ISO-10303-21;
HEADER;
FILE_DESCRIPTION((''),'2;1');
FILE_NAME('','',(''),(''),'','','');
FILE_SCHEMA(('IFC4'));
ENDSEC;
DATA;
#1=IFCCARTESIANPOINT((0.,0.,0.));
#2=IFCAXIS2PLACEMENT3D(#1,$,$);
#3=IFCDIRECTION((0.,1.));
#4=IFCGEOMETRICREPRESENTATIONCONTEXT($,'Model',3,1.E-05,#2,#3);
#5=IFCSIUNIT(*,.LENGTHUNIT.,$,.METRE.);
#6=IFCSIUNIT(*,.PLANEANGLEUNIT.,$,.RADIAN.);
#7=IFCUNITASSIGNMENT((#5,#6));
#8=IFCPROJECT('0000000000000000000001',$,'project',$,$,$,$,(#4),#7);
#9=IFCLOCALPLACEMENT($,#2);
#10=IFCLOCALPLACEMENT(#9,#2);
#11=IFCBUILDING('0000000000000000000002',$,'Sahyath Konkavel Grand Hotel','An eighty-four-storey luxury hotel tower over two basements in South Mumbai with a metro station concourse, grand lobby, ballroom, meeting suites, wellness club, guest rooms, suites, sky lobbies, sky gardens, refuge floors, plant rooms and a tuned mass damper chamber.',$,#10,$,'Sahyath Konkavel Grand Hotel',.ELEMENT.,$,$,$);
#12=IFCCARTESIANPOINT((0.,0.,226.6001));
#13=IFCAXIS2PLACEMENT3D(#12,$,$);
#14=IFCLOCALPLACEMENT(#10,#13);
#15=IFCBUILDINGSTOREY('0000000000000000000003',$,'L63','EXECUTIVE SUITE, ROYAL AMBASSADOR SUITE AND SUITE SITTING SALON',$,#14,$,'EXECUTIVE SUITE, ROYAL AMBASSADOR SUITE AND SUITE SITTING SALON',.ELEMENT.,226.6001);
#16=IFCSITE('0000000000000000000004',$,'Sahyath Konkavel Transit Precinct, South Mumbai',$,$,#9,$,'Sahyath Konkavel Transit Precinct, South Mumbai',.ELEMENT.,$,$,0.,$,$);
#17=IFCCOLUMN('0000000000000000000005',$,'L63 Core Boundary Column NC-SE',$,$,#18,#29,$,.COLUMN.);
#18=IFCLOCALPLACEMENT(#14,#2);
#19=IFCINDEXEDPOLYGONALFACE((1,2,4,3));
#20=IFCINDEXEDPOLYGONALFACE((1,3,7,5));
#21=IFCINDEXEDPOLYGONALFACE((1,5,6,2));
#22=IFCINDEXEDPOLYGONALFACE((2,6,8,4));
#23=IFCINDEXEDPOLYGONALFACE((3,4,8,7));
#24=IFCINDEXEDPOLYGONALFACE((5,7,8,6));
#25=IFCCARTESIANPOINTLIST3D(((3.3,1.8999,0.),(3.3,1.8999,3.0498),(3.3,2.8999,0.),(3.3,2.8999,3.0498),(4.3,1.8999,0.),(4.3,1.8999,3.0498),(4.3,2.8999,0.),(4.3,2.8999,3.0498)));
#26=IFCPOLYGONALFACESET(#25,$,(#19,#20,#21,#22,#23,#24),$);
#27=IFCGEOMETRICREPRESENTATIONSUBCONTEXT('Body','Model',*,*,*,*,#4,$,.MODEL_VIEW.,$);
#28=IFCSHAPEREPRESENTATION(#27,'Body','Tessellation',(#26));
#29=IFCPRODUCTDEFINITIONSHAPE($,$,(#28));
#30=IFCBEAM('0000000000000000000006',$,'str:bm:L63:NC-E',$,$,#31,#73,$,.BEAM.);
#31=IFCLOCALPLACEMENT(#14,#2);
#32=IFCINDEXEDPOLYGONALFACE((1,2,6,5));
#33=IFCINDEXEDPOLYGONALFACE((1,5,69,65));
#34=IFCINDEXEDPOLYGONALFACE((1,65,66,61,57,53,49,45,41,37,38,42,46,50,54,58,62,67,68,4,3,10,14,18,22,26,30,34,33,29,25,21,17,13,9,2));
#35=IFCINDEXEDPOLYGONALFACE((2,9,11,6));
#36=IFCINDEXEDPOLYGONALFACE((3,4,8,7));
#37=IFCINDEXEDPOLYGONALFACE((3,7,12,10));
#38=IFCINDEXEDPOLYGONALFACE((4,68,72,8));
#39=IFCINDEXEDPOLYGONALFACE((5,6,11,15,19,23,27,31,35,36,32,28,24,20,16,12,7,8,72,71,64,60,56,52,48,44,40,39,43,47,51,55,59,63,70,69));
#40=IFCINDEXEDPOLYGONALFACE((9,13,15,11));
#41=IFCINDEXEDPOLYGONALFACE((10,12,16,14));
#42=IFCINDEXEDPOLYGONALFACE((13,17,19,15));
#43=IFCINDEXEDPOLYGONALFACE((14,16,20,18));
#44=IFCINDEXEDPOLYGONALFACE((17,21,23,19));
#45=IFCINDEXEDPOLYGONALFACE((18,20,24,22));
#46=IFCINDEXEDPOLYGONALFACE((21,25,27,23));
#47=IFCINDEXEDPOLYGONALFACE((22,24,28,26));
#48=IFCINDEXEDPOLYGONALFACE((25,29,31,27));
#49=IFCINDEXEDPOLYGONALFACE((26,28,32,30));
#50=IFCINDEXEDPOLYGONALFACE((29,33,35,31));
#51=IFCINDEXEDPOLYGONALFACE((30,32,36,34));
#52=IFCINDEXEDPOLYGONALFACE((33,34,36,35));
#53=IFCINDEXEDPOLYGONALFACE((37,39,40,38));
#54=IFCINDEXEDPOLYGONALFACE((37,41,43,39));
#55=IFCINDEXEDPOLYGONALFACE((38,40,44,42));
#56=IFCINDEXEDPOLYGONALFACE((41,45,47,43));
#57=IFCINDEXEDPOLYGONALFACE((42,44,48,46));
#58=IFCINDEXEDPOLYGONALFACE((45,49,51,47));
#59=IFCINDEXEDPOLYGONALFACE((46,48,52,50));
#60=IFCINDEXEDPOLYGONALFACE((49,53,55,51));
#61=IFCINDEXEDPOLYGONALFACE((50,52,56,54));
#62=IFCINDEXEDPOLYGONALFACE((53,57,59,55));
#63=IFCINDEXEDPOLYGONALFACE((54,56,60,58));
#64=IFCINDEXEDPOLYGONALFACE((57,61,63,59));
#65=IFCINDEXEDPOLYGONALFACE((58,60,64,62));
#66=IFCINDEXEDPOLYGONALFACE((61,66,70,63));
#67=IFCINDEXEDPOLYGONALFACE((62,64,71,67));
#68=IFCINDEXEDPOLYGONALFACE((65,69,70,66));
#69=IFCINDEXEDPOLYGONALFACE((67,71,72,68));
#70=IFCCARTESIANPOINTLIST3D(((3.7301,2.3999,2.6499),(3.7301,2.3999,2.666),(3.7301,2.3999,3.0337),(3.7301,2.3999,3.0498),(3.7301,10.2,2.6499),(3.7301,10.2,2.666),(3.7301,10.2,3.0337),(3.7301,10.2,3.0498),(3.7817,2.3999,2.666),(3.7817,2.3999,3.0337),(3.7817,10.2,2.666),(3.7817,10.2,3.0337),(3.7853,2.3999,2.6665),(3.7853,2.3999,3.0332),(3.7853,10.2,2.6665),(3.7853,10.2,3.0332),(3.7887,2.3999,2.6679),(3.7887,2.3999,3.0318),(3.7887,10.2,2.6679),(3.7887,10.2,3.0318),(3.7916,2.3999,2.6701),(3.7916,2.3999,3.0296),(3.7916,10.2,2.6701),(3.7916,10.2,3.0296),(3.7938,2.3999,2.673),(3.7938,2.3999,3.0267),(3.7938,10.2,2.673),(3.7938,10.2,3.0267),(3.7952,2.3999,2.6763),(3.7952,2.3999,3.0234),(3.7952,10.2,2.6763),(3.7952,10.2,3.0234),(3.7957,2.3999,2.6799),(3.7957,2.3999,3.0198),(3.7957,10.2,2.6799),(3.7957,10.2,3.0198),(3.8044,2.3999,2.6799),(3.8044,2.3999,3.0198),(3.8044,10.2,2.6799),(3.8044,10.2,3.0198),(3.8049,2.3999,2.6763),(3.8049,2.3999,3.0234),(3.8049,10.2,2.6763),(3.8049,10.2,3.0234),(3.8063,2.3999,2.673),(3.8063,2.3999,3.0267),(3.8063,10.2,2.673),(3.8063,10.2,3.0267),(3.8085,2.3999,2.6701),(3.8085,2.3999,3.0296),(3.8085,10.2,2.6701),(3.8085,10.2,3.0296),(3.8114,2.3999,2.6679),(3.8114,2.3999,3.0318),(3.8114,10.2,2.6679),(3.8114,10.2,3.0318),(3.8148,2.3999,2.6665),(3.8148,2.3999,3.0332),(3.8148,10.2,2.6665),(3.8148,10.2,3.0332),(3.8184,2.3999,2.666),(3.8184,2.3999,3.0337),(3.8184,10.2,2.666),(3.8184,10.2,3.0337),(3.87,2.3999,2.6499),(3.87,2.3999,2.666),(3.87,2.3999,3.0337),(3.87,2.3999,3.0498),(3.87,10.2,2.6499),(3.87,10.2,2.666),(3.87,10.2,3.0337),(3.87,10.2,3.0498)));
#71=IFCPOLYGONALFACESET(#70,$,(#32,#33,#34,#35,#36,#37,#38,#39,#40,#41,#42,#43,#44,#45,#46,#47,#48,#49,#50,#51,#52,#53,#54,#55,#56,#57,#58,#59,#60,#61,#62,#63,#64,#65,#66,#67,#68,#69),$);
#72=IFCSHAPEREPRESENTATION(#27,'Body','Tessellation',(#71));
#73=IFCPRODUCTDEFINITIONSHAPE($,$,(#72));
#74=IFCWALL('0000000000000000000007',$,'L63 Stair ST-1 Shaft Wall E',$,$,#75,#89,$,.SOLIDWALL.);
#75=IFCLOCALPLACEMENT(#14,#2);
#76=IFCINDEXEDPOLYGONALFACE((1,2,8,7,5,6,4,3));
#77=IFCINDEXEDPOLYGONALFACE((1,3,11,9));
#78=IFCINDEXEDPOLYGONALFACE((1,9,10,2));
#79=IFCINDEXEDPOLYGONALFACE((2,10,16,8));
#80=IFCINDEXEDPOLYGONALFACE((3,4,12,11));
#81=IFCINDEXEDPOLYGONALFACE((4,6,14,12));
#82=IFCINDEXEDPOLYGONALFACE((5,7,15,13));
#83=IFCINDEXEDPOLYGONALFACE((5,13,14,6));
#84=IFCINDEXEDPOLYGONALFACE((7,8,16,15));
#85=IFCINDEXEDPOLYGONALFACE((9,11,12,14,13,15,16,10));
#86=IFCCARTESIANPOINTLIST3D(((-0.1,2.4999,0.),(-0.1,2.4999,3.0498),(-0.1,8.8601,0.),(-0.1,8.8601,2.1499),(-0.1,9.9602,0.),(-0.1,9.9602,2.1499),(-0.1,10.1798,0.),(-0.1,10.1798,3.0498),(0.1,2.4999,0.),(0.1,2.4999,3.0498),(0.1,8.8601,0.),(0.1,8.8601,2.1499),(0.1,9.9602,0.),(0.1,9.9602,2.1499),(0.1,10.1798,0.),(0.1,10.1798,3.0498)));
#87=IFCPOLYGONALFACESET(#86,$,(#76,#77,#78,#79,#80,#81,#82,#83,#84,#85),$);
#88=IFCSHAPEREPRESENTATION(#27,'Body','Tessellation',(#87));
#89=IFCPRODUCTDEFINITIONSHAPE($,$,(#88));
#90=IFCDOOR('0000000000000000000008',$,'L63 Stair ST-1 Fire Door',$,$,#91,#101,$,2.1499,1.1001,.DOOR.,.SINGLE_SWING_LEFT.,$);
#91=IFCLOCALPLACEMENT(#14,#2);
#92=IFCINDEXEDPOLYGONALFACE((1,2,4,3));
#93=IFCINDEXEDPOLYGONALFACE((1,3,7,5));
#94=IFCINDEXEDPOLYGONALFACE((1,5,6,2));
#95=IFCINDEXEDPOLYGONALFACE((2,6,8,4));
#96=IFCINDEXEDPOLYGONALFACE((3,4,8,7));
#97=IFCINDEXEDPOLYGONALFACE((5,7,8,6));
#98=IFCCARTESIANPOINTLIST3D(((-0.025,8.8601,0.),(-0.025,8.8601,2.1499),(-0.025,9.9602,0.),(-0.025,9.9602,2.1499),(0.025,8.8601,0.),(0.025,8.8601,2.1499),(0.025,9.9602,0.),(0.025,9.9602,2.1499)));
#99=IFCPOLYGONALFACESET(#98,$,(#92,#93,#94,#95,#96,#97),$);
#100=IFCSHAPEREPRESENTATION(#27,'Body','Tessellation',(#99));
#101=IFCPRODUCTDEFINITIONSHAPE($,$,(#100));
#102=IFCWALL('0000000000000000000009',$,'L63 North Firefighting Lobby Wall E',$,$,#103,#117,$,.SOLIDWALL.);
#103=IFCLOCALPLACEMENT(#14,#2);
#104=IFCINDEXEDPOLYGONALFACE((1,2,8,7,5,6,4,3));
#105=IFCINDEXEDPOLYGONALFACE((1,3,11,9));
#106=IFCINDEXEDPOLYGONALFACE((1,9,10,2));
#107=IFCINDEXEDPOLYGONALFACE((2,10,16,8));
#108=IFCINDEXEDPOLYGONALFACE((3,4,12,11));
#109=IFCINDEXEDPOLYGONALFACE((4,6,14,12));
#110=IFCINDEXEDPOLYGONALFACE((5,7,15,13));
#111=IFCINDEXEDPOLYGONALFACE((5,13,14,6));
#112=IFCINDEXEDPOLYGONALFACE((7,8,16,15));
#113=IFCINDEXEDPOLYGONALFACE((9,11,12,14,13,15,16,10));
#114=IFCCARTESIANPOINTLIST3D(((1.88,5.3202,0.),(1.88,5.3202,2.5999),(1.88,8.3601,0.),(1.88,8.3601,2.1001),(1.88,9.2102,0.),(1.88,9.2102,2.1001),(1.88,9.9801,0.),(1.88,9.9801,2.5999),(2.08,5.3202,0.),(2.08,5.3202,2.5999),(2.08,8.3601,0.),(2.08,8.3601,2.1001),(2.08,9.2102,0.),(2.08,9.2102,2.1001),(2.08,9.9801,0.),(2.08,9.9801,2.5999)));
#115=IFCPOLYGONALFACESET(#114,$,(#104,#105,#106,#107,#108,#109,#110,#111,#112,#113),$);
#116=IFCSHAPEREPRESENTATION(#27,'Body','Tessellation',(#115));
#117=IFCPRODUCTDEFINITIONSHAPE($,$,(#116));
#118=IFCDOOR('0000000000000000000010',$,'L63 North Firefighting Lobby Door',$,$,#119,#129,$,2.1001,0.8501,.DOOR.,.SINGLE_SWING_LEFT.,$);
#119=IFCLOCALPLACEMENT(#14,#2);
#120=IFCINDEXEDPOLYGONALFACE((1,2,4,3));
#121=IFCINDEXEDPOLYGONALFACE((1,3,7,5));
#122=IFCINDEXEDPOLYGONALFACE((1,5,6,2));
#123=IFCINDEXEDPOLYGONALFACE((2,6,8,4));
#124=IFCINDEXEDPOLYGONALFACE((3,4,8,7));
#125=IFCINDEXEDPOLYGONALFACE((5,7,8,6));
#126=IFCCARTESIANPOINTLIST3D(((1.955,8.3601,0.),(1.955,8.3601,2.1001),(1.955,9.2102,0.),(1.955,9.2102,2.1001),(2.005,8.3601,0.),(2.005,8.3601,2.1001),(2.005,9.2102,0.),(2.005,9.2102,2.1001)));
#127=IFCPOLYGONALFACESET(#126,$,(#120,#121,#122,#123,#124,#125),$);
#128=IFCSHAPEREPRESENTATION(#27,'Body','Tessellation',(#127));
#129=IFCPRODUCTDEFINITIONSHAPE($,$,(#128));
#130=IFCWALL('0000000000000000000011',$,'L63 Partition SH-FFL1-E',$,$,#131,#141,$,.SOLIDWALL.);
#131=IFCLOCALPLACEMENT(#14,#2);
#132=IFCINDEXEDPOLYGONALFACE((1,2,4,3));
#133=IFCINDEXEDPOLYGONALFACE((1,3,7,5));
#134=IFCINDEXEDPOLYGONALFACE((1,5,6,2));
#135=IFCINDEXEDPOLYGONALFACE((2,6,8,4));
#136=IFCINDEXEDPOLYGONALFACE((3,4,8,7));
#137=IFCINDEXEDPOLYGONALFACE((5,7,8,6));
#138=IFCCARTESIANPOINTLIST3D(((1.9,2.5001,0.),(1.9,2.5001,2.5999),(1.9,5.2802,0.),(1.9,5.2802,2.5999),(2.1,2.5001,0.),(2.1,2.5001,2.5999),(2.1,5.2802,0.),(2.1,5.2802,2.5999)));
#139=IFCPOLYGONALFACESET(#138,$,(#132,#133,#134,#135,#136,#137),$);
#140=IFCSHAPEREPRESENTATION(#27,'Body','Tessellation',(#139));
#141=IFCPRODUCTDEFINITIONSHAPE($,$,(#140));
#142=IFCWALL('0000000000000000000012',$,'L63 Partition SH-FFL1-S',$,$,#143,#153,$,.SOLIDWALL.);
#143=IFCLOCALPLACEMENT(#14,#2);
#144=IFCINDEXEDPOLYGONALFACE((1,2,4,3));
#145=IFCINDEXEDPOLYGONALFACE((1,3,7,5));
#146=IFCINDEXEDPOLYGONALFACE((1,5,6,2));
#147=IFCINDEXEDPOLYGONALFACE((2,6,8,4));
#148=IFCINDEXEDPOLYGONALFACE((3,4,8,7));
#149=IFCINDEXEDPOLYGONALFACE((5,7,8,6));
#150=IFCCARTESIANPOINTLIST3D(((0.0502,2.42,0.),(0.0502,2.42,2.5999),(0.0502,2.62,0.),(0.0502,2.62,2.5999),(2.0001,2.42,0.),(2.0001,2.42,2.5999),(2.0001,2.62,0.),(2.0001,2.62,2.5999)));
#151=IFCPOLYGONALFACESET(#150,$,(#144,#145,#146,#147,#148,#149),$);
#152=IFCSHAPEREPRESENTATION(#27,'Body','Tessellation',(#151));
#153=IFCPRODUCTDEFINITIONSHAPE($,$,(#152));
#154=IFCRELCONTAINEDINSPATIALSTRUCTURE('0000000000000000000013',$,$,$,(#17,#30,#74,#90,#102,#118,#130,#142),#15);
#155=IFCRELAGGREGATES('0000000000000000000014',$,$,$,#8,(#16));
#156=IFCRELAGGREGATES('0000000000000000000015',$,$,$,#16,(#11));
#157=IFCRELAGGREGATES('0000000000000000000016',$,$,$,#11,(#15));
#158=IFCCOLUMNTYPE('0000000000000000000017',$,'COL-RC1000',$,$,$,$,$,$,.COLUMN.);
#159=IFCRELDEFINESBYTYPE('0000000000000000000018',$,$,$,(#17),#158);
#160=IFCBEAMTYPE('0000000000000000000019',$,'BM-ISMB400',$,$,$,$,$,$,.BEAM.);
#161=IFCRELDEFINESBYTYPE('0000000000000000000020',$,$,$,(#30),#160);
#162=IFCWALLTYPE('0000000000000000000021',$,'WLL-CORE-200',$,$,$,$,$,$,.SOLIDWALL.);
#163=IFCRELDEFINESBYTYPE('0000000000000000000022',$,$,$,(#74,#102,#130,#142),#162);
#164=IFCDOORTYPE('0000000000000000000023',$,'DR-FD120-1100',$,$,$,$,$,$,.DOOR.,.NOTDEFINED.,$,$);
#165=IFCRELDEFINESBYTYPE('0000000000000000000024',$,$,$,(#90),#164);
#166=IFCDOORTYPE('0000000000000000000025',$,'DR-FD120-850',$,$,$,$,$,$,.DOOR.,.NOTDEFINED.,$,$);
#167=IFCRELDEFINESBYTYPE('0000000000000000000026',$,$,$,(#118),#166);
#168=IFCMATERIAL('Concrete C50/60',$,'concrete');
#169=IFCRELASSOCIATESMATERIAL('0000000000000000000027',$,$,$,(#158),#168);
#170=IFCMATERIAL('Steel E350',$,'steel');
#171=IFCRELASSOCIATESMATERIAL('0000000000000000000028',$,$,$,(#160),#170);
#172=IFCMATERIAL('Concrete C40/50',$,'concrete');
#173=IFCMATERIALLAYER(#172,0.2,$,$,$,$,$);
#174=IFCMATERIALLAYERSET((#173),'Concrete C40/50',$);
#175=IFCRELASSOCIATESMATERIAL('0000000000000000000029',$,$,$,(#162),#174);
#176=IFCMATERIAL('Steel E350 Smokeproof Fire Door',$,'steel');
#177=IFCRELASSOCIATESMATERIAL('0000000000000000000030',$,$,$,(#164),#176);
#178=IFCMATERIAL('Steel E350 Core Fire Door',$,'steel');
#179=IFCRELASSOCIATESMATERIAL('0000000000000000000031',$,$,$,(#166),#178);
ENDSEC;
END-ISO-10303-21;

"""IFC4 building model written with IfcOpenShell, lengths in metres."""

from ifc_helpers import new_model, si_unit, direction, frame, frame_2d, origin, origin_2d, place, context, subcontext, project, spatial, rectangle, i_section, extrude, source, transform, mapped, material, layer, layer_set, material_profile, profile_set, type_object, element, fill, save


model = new_model("IFC4")

# Units and contexts
model_context = context("Model", 3, precision=1e-05, world=origin(), true_north=direction((0.0, 1.0)))
body_context = subcontext(model_context, "Body", "Model", "MODEL_VIEW")
ifc_project = project(units=[si_unit("LENGTHUNIT", "METRE"), si_unit("PLANEANGLEUNIT", "RADIAN")], contexts=[model_context])

# Site, building, storey
site_placement = place(None, origin())
site = spatial("IfcSite", under=ifc_project, at=site_placement, Name="Sahyath Konkavel Transit Precinct, South Mumbai", LongName="Sahyath Konkavel Transit Precinct, South Mumbai", CompositionType="ELEMENT", RefElevation=0.0)
building_placement = place(site_placement, origin())
building = spatial("IfcBuilding", under=site, at=building_placement, Name="Sahyath Konkavel Grand Hotel", Description="An eighty-four-storey luxury hotel tower over two basements in South Mumbai with a metro station concourse, grand lobby, ballroom, meeting suites, wellness club, guest rooms, suites, sky lobbies, sky gardens, refuge floors, plant rooms and a tuned mass damper chamber.", LongName="Sahyath Konkavel Grand Hotel", CompositionType="ELEMENT")
storey_placement = place(building_placement, frame((0.0, 0.0, 226.6001)))
storey = spatial("IfcBuildingStorey", under=building, at=storey_placement, Name="L63", Description="EXECUTIVE SUITE, ROYAL AMBASSADOR SUITE AND SUITE SITTING SALON", LongName="EXECUTIVE SUITE, ROYAL AMBASSADOR SUITE AND SUITE SITTING SALON", CompositionType="ELEMENT", Elevation=226.6001)

# Column
ifc_material_1 = material(Name="Concrete C50/60", Category="concrete")
ifc_material_profile_1 = material_profile(ifc_material_1, rectangle(XDim=1.0, YDim=1.0, at=origin_2d()), Name="RC 1000x1000")
ifc_profile_set_1 = profile_set([ifc_material_profile_1], Name="Concrete C50/60")
column_type = type_object("IfcColumnType", Name="COL-RC1000", PredefinedType="COLUMN", material=ifc_profile_set_1)
shared_shape_1 = source(origin(), body_context, "Body", "SweptSolid", [
    extrude(rectangle(XDim=1.0, YDim=1.0, at=origin_2d()), origin(), (0.0, 0.0, 1.0), 3.0498),
])
column_placement = place(storey_placement, frame((3.8, 2.3999, 0.0), z_axis=(0.0, 0.0, 1.0), x_axis=(1.0, 0.0, 0.0)))
element("IfcColumn", 1, at=column_placement, inside=storey, type_object=column_type, Name="L63 Core Boundary Column NC-SE", PredefinedType="COLUMN", context=body_context, shape_type="MappedRepresentation", body=[
    mapped(shared_shape_1, transform((0.0, 0.0, 0.0), scale=1.0)),
])

# Beam
ifc_material_2 = material(Name="Steel E350", Category="steel")
ifc_material_profile_2 = material_profile(ifc_material_2, i_section(OverallWidth=0.1399, OverallDepth=0.3999, WebThickness=0.0088, FlangeThickness=0.0161, FilletRadius=0.0139, at=origin_2d()), Name="ISMB 400")
ifc_profile_set_2 = profile_set([ifc_material_profile_2], Name="Steel E350")
beam_type = type_object("IfcBeamType", Name="BM-ISMB400", PredefinedType="BEAM", material=ifc_profile_set_2)
shared_shape_2 = source(origin(), body_context, "Body", "SweptSolid", [
    extrude(i_section(OverallWidth=0.1399, OverallDepth=0.3999, WebThickness=0.0088, FlangeThickness=0.0161, FilletRadius=0.0139, at=origin_2d()), origin(), (0.0, 0.0, 1.0), 7.8),
])
beam_placement = place(storey_placement, frame((3.8, 2.3999, 2.8499), z_axis=(0.0, 1.0, 0.0), x_axis=(-1.0, 0.0, 0.0)))
element("IfcBeam", 2, at=beam_placement, inside=storey, type_object=beam_type, Name="str:bm:L63:NC-E", PredefinedType="BEAM", context=body_context, shape_type="MappedRepresentation", body=[
    mapped(shared_shape_2, transform((0.0, 0.0, 0.0), scale=1.0)),
])

# Walls, openings, doors
ifc_material_3 = material(Name="Concrete C40/50", Category="concrete")
ifc_layer_1 = layer(ifc_material_3, 0.2)
ifc_layer_set_1 = layer_set([ifc_layer_1], Name="Concrete C40/50")
wall_type_1 = type_object("IfcWallType", Name="WLL-CORE-200", PredefinedType="SOLIDWALL", material=ifc_layer_set_1)
wall_1_placement = place(storey_placement, frame((0.0, 2.5, 0.0), z_axis=(0.0, 0.0, 1.0), x_axis=(0.0, 1.0, 0.0)))
wall_1 = element("IfcWall", 3, at=wall_1_placement, inside=storey, type_object=wall_type_1, Name="L63 Stair ST-1 Shaft Wall E", PredefinedType="SOLIDWALL", context=body_context, shape_type="SweptSolid", body=[
    extrude(rectangle(XDim=7.6799, YDim=0.2, at=frame_2d((3.8398, 0.0))), origin(), (0.0, 0.0, 1.0), 3.0498),
])
opening_1_placement = place(wall_1_placement, frame((6.3601, 0.0, 0.0)))
opening_1 = element("IfcOpeningElement", 4, at=opening_1_placement, cuts=wall_1, PredefinedType="OPENING", context=body_context, shape_type="SweptSolid", body=[
    extrude(rectangle(XDim=1.1001, YDim=2.1499, at=frame_2d((0.55, 1.075))), frame((0.0, 0.1099, 0.0), z_axis=(0.0, -1.0, 0.0), x_axis=(1.0, 0.0, 0.0)), (0.0, 0.0, 1.0), 0.22),
])
ifc_material_4 = material(Name="Steel E350 Smokeproof Fire Door", Category="steel")
door_type_1 = type_object("IfcDoorType", Name="DR-FD120-1100", OperationType="NOTDEFINED", PredefinedType="DOOR", material=ifc_material_4)
shared_shape_3 = source(origin(), body_context, "Body", "SweptSolid", [
    extrude(rectangle(XDim=1.1001, YDim=0.05, at=origin_2d()), origin(), (0.0, 0.0, 1.0), 2.1499),
])
door_1_placement = place(opening_1_placement, frame((0.55, 0.0, 0.0)))
door_1 = element("IfcDoor", 5, at=door_1_placement, inside=storey, type_object=door_type_1, Name="L63 Stair ST-1 Fire Door", OperationType="SINGLE_SWING_LEFT", OverallHeight=2.1499, OverallWidth=1.1001, PredefinedType="DOOR", context=body_context, shape_type="MappedRepresentation", body=[
    mapped(shared_shape_3, transform((0.0, 0.0, 0.0), scale=1.0)),
])
fill(opening_1, door_1)
wall_2_placement = place(storey_placement, frame((1.98, 5.3201, 0.0), z_axis=(0.0, 0.0, 1.0), x_axis=(0.0, 1.0, 0.0)))
wall_2 = element("IfcWall", 6, at=wall_2_placement, inside=storey, type_object=wall_type_1, Name="L63 North Firefighting Lobby Wall E", PredefinedType="SOLIDWALL", context=body_context, shape_type="SweptSolid", body=[
    extrude(rectangle(XDim=4.6599, YDim=0.2, at=frame_2d((2.3301, 0.0))), origin(), (0.0, 0.0, 1.0), 2.5999),
])
opening_2_placement = place(wall_2_placement, frame((3.04, 0.0, 0.0)))
opening_2 = element("IfcOpeningElement", 7, at=opening_2_placement, cuts=wall_2, PredefinedType="OPENING", context=body_context, shape_type="SweptSolid", body=[
    extrude(rectangle(XDim=0.8501, YDim=2.1001, at=frame_2d((0.425, 1.05))), frame((0.0, 0.1099, 0.0), z_axis=(0.0, -1.0, 0.0), x_axis=(1.0, 0.0, 0.0)), (0.0, 0.0, 1.0), 0.22),
])
ifc_material_5 = material(Name="Steel E350 Core Fire Door", Category="steel")
door_type_2 = type_object("IfcDoorType", Name="DR-FD120-850", OperationType="NOTDEFINED", PredefinedType="DOOR", material=ifc_material_5)
shared_shape_4 = source(origin(), body_context, "Body", "SweptSolid", [
    extrude(rectangle(XDim=0.8501, YDim=0.05, at=origin_2d()), origin(), (0.0, 0.0, 1.0), 2.1001),
])
door_2_placement = place(opening_2_placement, frame((0.425, 0.0, 0.0)))
door_2 = element("IfcDoor", 8, at=door_2_placement, inside=storey, type_object=door_type_2, Name="L63 North Firefighting Lobby Door", OperationType="SINGLE_SWING_LEFT", OverallHeight=2.1001, OverallWidth=0.8501, PredefinedType="DOOR", context=body_context, shape_type="MappedRepresentation", body=[
    mapped(shared_shape_4, transform((0.0, 0.0, 0.0), scale=1.0)),
])
fill(opening_2, door_2)

# Walls
wall_3_placement = place(storey_placement, frame((2.0, 2.5, 0.0), z_axis=(0.0, 0.0, 1.0), x_axis=(0.0, 1.0, 0.0)))
element("IfcWall", 9, at=wall_3_placement, inside=storey, type_object=wall_type_1, Name="L63 Partition SH-FFL1-E", PredefinedType="SOLIDWALL", context=body_context, shape_type="SweptSolid", body=[
    extrude(rectangle(XDim=2.78, YDim=0.2, at=frame_2d((1.3901, 0.0))), origin(), (0.0, 0.0, 1.0), 2.5999),
])
wall_4_placement = place(storey_placement, frame((0.05, 2.52, 0.0), z_axis=(0.0, 0.0, 1.0), x_axis=(1.0, 0.0, 0.0)))
element("IfcWall", 10, at=wall_4_placement, inside=storey, type_object=wall_type_1, Name="L63 Partition SH-FFL1-S", PredefinedType="SOLIDWALL", context=body_context, shape_type="SweptSolid", body=[
    extrude(rectangle(XDim=1.95, YDim=0.2, at=frame_2d((0.9751, 0.0))), origin(), (0.0, 0.0, 1.0), 2.5999),
])

save(model, "model.ifc")
